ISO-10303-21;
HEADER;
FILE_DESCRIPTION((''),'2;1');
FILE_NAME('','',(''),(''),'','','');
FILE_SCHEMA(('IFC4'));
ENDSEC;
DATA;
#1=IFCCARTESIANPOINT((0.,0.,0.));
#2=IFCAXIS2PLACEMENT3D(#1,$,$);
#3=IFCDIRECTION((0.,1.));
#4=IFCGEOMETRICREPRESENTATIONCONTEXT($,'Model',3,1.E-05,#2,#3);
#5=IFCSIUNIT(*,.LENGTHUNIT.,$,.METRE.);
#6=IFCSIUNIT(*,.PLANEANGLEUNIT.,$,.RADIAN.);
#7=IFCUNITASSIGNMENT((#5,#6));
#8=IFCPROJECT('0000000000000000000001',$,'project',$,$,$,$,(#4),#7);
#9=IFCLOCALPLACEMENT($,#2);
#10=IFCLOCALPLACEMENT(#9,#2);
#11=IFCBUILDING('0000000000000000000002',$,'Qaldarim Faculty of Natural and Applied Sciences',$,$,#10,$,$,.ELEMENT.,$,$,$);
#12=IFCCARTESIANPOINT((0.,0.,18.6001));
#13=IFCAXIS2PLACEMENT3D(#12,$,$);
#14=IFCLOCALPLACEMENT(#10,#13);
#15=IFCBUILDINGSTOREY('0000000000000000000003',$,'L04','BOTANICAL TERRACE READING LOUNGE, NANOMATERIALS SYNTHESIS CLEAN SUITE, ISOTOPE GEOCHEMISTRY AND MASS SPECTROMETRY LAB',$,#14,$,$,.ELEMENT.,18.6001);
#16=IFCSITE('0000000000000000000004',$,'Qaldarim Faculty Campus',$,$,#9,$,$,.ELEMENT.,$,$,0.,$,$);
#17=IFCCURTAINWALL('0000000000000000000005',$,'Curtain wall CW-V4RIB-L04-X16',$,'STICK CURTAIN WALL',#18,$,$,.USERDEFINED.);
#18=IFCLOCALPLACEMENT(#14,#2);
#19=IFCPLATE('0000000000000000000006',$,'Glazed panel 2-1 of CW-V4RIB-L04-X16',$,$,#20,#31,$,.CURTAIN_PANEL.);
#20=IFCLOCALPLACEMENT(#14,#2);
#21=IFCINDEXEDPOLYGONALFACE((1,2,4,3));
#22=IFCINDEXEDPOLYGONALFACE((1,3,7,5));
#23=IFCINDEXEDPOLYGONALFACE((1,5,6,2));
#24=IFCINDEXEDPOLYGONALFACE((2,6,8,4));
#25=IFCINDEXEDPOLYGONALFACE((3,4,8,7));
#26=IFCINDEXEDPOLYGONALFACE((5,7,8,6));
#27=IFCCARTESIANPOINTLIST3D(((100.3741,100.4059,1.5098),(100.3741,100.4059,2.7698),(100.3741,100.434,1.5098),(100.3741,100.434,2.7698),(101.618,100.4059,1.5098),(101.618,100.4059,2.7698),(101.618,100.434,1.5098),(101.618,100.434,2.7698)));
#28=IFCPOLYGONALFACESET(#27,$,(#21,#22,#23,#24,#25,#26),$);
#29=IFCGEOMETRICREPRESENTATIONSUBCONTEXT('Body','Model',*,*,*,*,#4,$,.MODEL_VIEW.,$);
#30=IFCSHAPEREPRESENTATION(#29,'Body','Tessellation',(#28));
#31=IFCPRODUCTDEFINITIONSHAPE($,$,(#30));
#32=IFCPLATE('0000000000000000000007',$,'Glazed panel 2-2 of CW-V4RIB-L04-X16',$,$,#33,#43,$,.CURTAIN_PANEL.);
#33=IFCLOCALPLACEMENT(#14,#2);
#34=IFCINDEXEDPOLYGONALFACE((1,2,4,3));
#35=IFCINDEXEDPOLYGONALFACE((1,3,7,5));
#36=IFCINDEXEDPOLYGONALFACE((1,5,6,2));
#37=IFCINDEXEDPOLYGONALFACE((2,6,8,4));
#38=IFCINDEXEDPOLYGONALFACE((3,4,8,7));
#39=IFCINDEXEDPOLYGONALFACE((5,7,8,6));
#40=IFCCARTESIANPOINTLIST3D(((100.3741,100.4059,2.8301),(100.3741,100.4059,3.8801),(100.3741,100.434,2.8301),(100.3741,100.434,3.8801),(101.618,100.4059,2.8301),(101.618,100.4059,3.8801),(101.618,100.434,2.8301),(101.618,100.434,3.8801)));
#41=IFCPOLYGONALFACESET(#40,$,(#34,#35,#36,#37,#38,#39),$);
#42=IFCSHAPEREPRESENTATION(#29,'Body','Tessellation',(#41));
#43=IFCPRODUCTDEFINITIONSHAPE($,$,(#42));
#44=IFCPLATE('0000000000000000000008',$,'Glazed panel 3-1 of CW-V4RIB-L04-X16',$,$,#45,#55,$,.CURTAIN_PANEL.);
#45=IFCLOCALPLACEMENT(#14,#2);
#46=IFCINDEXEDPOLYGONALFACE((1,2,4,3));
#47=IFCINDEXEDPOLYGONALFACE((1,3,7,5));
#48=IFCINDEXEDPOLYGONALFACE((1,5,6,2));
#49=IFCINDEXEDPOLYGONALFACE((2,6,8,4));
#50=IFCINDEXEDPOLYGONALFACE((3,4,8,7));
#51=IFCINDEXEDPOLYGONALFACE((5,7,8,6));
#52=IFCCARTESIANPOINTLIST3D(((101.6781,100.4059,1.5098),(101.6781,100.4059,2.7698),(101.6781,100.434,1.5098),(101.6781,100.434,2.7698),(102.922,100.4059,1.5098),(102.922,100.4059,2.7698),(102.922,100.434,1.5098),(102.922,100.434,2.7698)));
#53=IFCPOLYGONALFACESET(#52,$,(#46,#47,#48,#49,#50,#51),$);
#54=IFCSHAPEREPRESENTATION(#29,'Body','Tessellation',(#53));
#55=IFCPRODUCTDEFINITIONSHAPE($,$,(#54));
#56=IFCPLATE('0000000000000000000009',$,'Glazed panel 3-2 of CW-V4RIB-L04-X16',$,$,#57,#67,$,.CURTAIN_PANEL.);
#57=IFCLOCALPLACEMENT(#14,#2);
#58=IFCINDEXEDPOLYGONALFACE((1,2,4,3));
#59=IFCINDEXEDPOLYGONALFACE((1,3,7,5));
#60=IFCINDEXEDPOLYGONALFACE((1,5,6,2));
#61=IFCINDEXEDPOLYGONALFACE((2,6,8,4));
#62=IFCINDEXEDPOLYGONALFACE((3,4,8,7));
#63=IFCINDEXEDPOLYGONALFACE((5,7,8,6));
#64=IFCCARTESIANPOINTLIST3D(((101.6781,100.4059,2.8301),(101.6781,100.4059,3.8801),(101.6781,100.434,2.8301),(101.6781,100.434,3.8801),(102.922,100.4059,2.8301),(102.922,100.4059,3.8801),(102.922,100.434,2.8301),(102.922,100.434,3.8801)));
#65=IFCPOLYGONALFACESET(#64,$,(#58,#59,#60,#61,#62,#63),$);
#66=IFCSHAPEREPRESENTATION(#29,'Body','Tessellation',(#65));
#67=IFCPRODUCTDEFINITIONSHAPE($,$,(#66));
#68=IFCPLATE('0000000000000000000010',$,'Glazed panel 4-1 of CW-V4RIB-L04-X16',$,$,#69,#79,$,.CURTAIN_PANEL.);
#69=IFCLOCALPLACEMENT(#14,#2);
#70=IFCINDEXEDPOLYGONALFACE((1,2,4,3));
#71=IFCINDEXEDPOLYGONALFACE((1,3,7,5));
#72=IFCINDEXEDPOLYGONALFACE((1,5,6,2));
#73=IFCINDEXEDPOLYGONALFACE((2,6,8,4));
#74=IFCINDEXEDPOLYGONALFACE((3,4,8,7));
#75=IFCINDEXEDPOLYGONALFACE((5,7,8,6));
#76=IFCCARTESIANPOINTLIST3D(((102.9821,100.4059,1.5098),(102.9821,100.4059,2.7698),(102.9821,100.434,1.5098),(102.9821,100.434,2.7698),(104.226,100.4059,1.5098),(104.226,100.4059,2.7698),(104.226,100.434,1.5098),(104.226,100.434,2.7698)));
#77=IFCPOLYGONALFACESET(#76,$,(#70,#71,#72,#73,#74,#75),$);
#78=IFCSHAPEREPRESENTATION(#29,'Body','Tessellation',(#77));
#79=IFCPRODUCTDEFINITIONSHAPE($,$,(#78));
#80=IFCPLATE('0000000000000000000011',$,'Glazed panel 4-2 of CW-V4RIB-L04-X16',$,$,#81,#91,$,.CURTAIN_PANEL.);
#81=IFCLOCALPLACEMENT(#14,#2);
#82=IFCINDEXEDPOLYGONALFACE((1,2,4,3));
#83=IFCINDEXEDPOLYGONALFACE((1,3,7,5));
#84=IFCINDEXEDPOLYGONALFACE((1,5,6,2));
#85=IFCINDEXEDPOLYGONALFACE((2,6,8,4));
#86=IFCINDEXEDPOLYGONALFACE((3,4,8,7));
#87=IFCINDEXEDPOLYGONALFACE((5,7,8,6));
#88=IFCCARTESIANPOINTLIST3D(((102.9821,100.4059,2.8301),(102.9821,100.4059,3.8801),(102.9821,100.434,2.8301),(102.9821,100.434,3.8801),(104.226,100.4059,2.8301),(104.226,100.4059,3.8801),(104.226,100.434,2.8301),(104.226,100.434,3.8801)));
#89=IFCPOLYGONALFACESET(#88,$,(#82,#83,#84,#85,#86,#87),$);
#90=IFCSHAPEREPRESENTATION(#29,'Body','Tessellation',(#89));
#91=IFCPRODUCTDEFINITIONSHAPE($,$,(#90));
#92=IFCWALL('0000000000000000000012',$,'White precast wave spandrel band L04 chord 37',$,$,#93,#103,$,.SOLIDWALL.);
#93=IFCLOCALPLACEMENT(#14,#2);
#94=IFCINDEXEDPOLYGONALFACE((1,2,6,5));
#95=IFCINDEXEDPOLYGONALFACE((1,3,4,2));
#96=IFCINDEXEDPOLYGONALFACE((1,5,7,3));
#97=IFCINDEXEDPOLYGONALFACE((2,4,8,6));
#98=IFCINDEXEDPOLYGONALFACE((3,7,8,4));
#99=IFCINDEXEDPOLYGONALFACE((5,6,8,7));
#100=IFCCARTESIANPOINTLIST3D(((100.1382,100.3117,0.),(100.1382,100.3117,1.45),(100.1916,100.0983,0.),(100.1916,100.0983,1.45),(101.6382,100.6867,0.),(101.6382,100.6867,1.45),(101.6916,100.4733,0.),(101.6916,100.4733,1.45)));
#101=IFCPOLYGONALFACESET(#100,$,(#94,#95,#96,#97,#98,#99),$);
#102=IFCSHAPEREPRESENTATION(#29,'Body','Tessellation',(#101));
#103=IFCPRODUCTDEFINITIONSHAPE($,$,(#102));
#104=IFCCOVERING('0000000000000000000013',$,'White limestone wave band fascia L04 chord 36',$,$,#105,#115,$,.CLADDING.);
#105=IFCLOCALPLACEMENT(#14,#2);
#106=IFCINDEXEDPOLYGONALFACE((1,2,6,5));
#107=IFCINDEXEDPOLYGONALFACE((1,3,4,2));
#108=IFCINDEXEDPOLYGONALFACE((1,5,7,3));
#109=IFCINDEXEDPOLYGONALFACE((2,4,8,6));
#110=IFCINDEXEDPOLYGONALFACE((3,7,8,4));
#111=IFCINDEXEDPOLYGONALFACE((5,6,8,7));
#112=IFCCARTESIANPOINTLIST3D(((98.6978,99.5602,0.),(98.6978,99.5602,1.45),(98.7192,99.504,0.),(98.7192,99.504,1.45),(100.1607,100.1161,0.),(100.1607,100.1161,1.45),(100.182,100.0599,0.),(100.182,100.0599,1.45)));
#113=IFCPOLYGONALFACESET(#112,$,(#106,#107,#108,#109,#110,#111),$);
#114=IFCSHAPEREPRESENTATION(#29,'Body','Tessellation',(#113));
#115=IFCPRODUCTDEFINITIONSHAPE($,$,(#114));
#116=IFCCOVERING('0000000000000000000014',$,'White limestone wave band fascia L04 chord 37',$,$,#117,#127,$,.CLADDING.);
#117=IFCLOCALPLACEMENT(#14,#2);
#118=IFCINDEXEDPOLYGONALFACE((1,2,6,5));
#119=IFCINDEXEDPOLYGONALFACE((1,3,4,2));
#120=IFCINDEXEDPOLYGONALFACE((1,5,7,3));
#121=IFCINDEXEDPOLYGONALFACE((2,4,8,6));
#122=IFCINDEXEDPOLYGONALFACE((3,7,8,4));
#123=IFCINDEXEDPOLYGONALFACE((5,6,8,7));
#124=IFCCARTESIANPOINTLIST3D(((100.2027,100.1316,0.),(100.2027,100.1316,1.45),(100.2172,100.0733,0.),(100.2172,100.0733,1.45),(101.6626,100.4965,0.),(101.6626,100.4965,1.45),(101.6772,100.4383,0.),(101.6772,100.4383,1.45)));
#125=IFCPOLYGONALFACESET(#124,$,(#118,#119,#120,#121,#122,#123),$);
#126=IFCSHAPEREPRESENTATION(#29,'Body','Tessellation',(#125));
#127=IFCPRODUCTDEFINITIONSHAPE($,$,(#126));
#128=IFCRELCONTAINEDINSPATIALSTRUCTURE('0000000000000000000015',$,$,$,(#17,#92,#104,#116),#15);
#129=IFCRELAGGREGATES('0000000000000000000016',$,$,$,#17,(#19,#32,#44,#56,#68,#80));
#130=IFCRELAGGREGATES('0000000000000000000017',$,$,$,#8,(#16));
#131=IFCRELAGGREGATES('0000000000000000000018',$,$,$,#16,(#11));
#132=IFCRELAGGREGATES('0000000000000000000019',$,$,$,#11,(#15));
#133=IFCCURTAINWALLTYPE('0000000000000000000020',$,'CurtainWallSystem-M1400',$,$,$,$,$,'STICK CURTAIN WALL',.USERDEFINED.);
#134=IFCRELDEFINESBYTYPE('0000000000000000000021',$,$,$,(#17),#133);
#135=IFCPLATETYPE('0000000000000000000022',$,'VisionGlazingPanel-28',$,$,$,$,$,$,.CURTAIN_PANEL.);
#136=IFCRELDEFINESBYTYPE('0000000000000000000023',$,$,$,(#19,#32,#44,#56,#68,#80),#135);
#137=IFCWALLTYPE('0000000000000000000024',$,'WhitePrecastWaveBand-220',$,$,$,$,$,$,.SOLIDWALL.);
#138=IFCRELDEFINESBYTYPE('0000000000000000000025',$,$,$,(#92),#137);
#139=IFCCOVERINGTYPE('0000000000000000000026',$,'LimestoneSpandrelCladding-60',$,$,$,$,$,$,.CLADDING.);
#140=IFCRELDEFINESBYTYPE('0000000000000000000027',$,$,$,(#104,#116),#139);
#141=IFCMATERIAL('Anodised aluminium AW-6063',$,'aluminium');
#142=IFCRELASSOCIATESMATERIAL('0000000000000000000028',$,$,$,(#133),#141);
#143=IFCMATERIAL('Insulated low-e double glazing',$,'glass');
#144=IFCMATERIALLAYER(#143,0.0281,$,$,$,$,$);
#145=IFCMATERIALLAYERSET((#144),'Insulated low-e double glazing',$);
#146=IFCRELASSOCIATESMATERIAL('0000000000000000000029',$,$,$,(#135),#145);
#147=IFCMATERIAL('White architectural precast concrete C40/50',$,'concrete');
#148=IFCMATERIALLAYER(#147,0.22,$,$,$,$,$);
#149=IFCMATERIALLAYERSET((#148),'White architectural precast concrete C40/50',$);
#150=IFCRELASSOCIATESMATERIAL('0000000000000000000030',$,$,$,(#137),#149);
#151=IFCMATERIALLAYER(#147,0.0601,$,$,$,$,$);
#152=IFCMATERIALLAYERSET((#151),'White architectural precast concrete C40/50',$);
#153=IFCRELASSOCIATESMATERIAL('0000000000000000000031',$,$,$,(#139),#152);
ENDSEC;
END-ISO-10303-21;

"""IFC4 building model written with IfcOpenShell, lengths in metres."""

from ifc_helpers import new_model, si_unit, direction, frame, frame_2d, origin, origin_2d, place, context, subcontext, project, spatial, rectangle, extrude, material, layer, layer_set, type_object, element, aggregate, save


model = new_model("IFC4")

# Units and contexts
model_context = context("Model", 3, precision=1e-05, world=origin(), true_north=direction((0.0, 1.0)))
body_context = subcontext(model_context, "Body", "Model", "MODEL_VIEW")
ifc_project = project(units=[si_unit("LENGTHUNIT", "METRE"), si_unit("PLANEANGLEUNIT", "RADIAN")], contexts=[model_context])

# Site, building, storey
site_placement = place(None, origin())
site = spatial("IfcSite", under=ifc_project, at=site_placement, Name="Qaldarim Faculty Campus", CompositionType="ELEMENT", RefElevation=0.0)
building_placement = place(site_placement, origin())
building = spatial("IfcBuilding", under=site, at=building_placement, Name="Qaldarim Faculty of Natural and Applied Sciences", CompositionType="ELEMENT")
storey_placement = place(building_placement, frame((0.0, 0.0, 18.6001)))
storey = spatial("IfcBuildingStorey", under=building, at=storey_placement, Name="L04", Description="BOTANICAL TERRACE READING LOUNGE, NANOMATERIALS SYNTHESIS CLEAN SUITE, ISOTOPE GEOCHEMISTRY AND MASS SPECTROMETRY LAB", CompositionType="ELEMENT", Elevation=18.6001)

# Curtain wall, plates
ifc_material_1 = material(Name="Anodised aluminium AW-6063", Category="aluminium")
curtain_wall_type = type_object("IfcCurtainWallType", Name="CurtainWallSystem-M1400", ElementType="STICK CURTAIN WALL", PredefinedType="USERDEFINED", material=ifc_material_1)
curtain_wall_placement = place(storey_placement, origin())
curtain_wall = element("IfcCurtainWall", 1, at=curtain_wall_placement, inside=storey, type_object=curtain_wall_type, Name="Curtain wall CW-V4RIB-L04-X16", ObjectType="STICK CURTAIN WALL", PredefinedType="USERDEFINED")
ifc_material_2 = material(Name="Insulated low-e double glazing", Category="glass")
ifc_layer_1 = layer(ifc_material_2, 0.0281)
ifc_layer_set_1 = layer_set([ifc_layer_1], Name="Insulated low-e double glazing")
plate_type = type_object("IfcPlateType", Name="VisionGlazingPanel-28", PredefinedType="CURTAIN_PANEL", material=ifc_layer_set_1)
plate_1_placement = place(storey_placement, frame((100.9961, 100.4199, 1.5098), z_axis=(0.0, 0.0, 1.0), x_axis=(1.0, 0.0, 0.0)))
plate_1 = element("IfcPlate", 2, at=plate_1_placement, type_object=plate_type, Name="Glazed panel 2-1 of CW-V4RIB-L04-X16", PredefinedType="CURTAIN_PANEL", context=body_context, shape_type="SweptSolid", body=[
    extrude(rectangle(XDim=1.2439, YDim=0.0281, at=origin_2d()), origin(), (0.0, 0.0, 1.0), 1.26),
])
plate_2_placement = place(storey_placement, frame((100.9961, 100.4199, 2.8301), z_axis=(0.0, 0.0, 1.0), x_axis=(1.0, 0.0, 0.0)))
plate_2 = element("IfcPlate", 3, at=plate_2_placement, type_object=plate_type, Name="Glazed panel 2-2 of CW-V4RIB-L04-X16", PredefinedType="CURTAIN_PANEL", context=body_context, shape_type="SweptSolid", body=[
    extrude(rectangle(XDim=1.2439, YDim=0.0281, at=origin_2d()), origin(), (0.0, 0.0, 1.0), 1.05),
])
plate_3_placement = place(storey_placement, frame((102.3, 100.4199, 1.5098), z_axis=(0.0, 0.0, 1.0), x_axis=(1.0, 0.0, 0.0)))
plate_3 = element("IfcPlate", 4, at=plate_3_placement, type_object=plate_type, Name="Glazed panel 3-1 of CW-V4RIB-L04-X16", PredefinedType="CURTAIN_PANEL", context=body_context, shape_type="SweptSolid", body=[
    extrude(rectangle(XDim=1.2439, YDim=0.0281, at=origin_2d()), origin(), (0.0, 0.0, 1.0), 1.26),
])
plate_4_placement = place(storey_placement, frame((102.3, 100.4199, 2.8301), z_axis=(0.0, 0.0, 1.0), x_axis=(1.0, 0.0, 0.0)))
plate_4 = element("IfcPlate", 5, at=plate_4_placement, type_object=plate_type, Name="Glazed panel 3-2 of CW-V4RIB-L04-X16", PredefinedType="CURTAIN_PANEL", context=body_context, shape_type="SweptSolid", body=[
    extrude(rectangle(XDim=1.2439, YDim=0.0281, at=origin_2d()), origin(), (0.0, 0.0, 1.0), 1.05),
])
plate_5_placement = place(storey_placement, frame((103.604, 100.4199, 1.5098), z_axis=(0.0, 0.0, 1.0), x_axis=(1.0, 0.0, 0.0)))
plate_5 = element("IfcPlate", 6, at=plate_5_placement, type_object=plate_type, Name="Glazed panel 4-1 of CW-V4RIB-L04-X16", PredefinedType="CURTAIN_PANEL", context=body_context, shape_type="SweptSolid", body=[
    extrude(rectangle(XDim=1.2439, YDim=0.0281, at=origin_2d()), origin(), (0.0, 0.0, 1.0), 1.26),
])
plate_6_placement = place(storey_placement, frame((103.604, 100.4199, 2.8301), z_axis=(0.0, 0.0, 1.0), x_axis=(1.0, 0.0, 0.0)))
plate_6 = element("IfcPlate", 7, at=plate_6_placement, type_object=plate_type, Name="Glazed panel 4-2 of CW-V4RIB-L04-X16", PredefinedType="CURTAIN_PANEL", context=body_context, shape_type="SweptSolid", body=[
    extrude(rectangle(XDim=1.2439, YDim=0.0281, at=origin_2d()), origin(), (0.0, 0.0, 1.0), 1.05),
])
aggregate(curtain_wall, [plate_1, plate_2, plate_3, plate_4, plate_5, plate_6])

# Wall
ifc_material_3 = material(Name="White architectural precast concrete C40/50", Category="concrete")
ifc_layer_2 = layer(ifc_material_3, 0.22)
ifc_layer_set_2 = layer_set([ifc_layer_2], Name="White architectural precast concrete C40/50")
wall_type = type_object("IfcWallType", Name="WhitePrecastWaveBand-220", PredefinedType="SOLIDWALL", material=ifc_layer_set_2)
wall_placement = place(storey_placement, frame((100.165, 100.2051, 0.0), z_axis=(0.0, 0.0, 1.0), x_axis=(0.970143, 0.242536, 0.0)))
element("IfcWall", 8, at=wall_placement, inside=storey, type_object=wall_type, Name="White precast wave spandrel band L04 chord 37", PredefinedType="SOLIDWALL", context=body_context, shape_type="SweptSolid", body=[
    extrude(rectangle(XDim=1.5461, YDim=0.22, at=frame_2d((0.7729, 0.0))), origin(), (0.0, 0.0, 1.0), 1.45),
])

# Coverings
ifc_layer_3 = layer(ifc_material_3, 0.0601)
ifc_layer_set_3 = layer_set([ifc_layer_3], Name="White architectural precast concrete C40/50")
covering_type = type_object("IfcCoveringType", Name="LimestoneSpandrelCladding-60", PredefinedType="CLADDING", material=ifc_layer_set_3)
covering_1_placement = place(storey_placement, frame((99.4399, 99.8101, 0.0), z_axis=(0.0, 0.0, 1.0), x_axis=(0.934782, 0.355221, 0.0)))
element("IfcCovering", 9, at=covering_1_placement, inside=storey, type_object=covering_type, Name="White limestone wave band fascia L04 chord 36", PredefinedType="CLADDING", context=body_context, shape_type="SweptSolid", body=[
    extrude(rectangle(XDim=1.5649, YDim=0.0601, at=origin_2d()), origin(), (0.0, 0.0, 1.0), 1.45),
])
covering_2_placement = place(storey_placement, frame((100.9399, 100.2849, 0.0), z_axis=(0.0, 0.0, 1.0), x_axis=(0.970144, 0.242532, 0.0)))
element("IfcCovering", 10, at=covering_2_placement, inside=storey, type_object=covering_type, Name="White limestone wave band fascia L04 chord 37", PredefinedType="CLADDING", context=body_context, shape_type="SweptSolid", body=[
    extrude(rectangle(XDim=1.5049, YDim=0.0601, at=origin_2d()), origin(), (0.0, 0.0, 1.0), 1.45),
])

save(model, "model.ifc")
